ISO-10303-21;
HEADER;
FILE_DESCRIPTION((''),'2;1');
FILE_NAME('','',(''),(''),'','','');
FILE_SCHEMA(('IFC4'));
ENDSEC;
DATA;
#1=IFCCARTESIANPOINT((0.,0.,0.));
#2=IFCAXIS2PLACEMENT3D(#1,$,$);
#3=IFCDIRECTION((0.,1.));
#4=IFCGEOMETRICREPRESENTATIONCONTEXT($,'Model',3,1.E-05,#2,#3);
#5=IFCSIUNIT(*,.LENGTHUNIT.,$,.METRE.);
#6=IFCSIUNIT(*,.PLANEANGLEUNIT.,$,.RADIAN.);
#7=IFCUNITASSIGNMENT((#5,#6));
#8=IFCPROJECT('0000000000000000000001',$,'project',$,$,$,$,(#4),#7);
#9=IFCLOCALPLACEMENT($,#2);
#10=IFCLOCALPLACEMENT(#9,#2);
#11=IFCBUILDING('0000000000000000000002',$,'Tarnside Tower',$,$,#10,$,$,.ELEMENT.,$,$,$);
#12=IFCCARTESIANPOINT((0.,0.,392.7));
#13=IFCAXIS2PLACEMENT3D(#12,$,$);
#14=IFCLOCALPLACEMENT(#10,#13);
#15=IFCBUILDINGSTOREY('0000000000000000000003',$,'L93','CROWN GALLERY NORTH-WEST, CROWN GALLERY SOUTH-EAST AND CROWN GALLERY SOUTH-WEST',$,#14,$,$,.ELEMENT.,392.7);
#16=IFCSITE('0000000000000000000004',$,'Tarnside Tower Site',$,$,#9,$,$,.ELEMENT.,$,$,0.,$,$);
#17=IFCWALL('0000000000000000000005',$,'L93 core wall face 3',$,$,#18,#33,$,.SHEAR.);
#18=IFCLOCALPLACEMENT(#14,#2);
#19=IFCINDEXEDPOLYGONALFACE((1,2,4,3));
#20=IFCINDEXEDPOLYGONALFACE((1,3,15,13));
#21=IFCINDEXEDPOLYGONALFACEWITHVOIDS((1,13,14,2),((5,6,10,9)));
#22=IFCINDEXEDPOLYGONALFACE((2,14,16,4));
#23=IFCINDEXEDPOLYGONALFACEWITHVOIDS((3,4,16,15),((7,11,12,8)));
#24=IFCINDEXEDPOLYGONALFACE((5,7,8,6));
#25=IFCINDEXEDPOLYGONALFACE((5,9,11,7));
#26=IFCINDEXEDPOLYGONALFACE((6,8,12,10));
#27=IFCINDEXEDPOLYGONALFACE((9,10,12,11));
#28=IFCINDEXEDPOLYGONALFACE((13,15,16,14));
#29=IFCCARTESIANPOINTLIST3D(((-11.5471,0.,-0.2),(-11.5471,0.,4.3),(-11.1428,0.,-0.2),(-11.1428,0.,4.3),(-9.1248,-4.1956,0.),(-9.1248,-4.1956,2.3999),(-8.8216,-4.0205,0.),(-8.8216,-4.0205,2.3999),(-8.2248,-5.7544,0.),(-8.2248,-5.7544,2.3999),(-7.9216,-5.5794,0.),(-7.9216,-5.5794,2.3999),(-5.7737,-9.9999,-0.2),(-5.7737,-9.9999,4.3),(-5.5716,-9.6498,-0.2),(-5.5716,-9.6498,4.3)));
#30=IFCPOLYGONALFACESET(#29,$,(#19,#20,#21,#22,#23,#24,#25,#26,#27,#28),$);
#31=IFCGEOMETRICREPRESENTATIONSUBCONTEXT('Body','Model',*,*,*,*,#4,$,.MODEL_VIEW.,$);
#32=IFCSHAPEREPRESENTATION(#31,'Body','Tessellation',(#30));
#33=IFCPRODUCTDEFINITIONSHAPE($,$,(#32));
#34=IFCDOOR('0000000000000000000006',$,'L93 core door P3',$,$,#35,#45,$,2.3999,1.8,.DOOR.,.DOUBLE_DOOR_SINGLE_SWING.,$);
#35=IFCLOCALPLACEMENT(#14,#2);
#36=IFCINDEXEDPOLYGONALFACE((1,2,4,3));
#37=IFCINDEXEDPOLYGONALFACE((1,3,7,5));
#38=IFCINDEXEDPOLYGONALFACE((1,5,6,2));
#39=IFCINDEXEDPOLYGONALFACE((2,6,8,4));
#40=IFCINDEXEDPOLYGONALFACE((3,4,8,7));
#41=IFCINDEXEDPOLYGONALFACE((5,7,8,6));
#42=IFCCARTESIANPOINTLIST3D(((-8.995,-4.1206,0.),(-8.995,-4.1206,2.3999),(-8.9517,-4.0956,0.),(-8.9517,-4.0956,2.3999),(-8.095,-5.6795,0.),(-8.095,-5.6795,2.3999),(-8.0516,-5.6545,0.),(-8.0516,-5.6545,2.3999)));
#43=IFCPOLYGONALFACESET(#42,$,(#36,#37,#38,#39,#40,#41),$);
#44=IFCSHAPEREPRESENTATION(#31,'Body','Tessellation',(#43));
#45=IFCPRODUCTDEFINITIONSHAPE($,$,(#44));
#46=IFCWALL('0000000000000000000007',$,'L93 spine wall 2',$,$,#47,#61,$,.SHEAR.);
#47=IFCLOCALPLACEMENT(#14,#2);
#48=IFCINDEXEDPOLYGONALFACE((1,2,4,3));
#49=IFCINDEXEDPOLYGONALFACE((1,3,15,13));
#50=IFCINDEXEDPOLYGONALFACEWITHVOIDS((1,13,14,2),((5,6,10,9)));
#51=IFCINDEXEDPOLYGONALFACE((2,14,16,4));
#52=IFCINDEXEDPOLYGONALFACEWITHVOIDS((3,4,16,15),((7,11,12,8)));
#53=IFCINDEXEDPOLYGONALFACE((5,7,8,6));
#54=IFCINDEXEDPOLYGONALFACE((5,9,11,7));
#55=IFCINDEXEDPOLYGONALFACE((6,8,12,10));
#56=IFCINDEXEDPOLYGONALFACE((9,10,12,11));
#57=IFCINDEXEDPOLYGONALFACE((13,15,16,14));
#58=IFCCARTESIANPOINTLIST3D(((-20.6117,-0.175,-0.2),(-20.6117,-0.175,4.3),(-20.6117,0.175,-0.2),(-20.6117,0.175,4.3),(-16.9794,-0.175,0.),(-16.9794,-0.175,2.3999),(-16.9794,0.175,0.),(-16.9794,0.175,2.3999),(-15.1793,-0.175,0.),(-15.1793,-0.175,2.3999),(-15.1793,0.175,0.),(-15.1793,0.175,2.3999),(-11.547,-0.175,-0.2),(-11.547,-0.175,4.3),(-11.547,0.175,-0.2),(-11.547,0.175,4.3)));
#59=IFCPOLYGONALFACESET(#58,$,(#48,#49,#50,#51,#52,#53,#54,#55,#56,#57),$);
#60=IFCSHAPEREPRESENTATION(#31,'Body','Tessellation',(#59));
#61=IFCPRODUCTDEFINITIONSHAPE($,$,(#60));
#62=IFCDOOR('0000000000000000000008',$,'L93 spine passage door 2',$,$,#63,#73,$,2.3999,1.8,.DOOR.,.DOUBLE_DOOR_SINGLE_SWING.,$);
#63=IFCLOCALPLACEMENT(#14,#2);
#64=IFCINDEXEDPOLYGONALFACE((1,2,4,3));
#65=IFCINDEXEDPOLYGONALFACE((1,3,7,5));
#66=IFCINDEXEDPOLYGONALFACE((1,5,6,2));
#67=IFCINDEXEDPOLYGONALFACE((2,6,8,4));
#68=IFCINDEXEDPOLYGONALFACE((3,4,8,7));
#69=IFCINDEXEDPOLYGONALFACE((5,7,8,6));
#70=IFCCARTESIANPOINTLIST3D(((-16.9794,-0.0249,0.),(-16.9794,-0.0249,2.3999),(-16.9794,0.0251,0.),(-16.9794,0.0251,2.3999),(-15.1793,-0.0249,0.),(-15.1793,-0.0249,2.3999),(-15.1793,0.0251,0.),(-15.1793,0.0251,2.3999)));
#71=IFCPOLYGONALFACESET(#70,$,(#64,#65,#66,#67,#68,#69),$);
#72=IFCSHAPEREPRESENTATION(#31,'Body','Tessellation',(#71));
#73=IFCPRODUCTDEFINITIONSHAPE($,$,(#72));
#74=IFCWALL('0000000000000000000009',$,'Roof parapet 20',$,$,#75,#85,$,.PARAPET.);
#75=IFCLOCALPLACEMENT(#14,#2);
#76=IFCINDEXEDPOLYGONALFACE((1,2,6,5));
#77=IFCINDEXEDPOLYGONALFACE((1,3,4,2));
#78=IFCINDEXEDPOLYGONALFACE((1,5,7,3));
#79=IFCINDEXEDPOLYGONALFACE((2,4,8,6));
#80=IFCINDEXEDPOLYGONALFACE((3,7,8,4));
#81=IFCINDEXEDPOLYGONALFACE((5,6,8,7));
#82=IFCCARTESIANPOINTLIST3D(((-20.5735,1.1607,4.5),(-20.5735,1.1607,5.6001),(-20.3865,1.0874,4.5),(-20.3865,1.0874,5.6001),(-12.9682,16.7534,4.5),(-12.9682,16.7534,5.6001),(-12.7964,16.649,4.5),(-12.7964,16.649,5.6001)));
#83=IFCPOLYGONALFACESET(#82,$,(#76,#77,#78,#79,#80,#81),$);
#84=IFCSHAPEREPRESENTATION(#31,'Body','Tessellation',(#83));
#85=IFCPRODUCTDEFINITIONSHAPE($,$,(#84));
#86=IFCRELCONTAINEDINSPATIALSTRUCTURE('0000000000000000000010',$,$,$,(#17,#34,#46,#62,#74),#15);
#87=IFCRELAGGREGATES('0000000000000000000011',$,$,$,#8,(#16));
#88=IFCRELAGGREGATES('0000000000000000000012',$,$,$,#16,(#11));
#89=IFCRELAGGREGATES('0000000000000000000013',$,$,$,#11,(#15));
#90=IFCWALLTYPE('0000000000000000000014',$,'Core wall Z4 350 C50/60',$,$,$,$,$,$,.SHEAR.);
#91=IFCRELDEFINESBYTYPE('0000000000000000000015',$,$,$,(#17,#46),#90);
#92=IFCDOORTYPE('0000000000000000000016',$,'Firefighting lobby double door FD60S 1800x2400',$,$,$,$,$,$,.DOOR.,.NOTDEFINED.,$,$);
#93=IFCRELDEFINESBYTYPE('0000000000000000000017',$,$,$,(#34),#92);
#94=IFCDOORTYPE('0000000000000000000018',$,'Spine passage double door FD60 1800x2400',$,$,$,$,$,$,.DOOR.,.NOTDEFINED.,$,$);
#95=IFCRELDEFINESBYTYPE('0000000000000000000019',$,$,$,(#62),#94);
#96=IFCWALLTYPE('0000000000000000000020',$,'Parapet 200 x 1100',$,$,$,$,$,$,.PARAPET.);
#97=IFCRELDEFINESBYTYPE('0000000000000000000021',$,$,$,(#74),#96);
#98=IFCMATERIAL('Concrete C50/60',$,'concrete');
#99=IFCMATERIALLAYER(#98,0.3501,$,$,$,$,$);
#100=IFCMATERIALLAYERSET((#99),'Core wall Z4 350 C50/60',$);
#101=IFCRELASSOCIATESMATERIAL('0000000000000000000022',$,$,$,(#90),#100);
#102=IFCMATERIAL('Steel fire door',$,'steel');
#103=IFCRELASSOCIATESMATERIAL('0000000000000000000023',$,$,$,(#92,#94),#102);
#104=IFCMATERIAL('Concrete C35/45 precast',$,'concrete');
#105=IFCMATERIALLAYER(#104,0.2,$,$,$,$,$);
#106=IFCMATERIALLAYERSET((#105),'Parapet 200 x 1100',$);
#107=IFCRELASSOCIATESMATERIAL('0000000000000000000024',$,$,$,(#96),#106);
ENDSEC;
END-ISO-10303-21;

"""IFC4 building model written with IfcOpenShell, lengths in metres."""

from ifc_helpers import new_model, si_unit, direction, frame, frame_2d, origin, place, context, subcontext, project, spatial, polyline, rectangle, outline, extrude, material, layer, layer_set, type_object, element, fill, save


model = new_model("IFC4")

# Units and contexts
model_context = context("Model", 3, precision=1e-05, world=origin(), true_north=direction((0.0, 1.0)))
body_context = subcontext(model_context, "Body", "Model", "MODEL_VIEW")
ifc_project = project(units=[si_unit("LENGTHUNIT", "METRE"), si_unit("PLANEANGLEUNIT", "RADIAN")], contexts=[model_context])

# Site, building, storey
site_placement = place(None, origin())
site = spatial("IfcSite", under=ifc_project, at=site_placement, Name="Tarnside Tower Site", CompositionType="ELEMENT", RefElevation=0.0)
building_placement = place(site_placement, origin())
building = spatial("IfcBuilding", under=site, at=building_placement, Name="Tarnside Tower", CompositionType="ELEMENT")
storey_placement = place(building_placement, frame((0.0, 0.0, 392.7)))
storey = spatial("IfcBuildingStorey", under=building, at=storey_placement, Name="L93", Description="CROWN GALLERY NORTH-WEST, CROWN GALLERY SOUTH-EAST AND CROWN GALLERY SOUTH-WEST", CompositionType="ELEMENT", Elevation=392.7)

# Walls, openings, doors
ifc_material_1 = material(Name="Concrete C50/60", Category="concrete")
ifc_layer_1 = layer(ifc_material_1, 0.3501)
ifc_layer_set_1 = layer_set([ifc_layer_1], Name="Core wall Z4 350 C50/60")
wall_type_1 = type_object("IfcWallType", Name="Core wall Z4 350 C50/60", PredefinedType="SHEAR", material=ifc_layer_set_1)
wall_1_placement = place(storey_placement, frame((-11.345, 0.0, -0.2), z_axis=(0.0, 0.0, 1.0), x_axis=(0.499995, -0.866028, 0.0)))
wall_1 = element("IfcWall", 1, at=wall_1_placement, inside=storey, type_object=wall_type_1, Name="L93 core wall face 3", PredefinedType="SHEAR", context=body_context, shape_type="SweptSolid", body=[
    extrude(outline(polyline([(-0.1011, -0.175), (11.4458, -0.175), (11.2437, 0.175), (0.1011, 0.175), (-0.1011, -0.175)])), origin(), (0.0, 0.0, 1.0), 4.5),
])
opening_1_placement = place(wall_1_placement, frame((4.7437, 0.0, 0.2)))
opening_1 = element("IfcOpeningElement", 2, at=opening_1_placement, cuts=wall_1, PredefinedType="OPENING", context=body_context, shape_type="SweptSolid", body=[
    extrude(rectangle(XDim=1.8, YDim=2.3999, at=frame_2d((0.8999, 1.2))), frame((0.0, 0.1851, 0.0), z_axis=(0.0, -1.0, 0.0), x_axis=(1.0, 0.0, 0.0)), (0.0, 0.0, 1.0), 0.3701),
])
ifc_material_2 = material(Name="Steel fire door", Category="steel")
door_type_1 = type_object("IfcDoorType", Name="Firefighting lobby double door FD60S 1800x2400", OperationType="NOTDEFINED", PredefinedType="DOOR", material=ifc_material_2)
door_1_placement = place(opening_1_placement, origin())
door_1 = element("IfcDoor", 3, at=door_1_placement, inside=storey, type_object=door_type_1, Name="L93 core door P3", OperationType="DOUBLE_DOOR_SINGLE_SWING", OverallHeight=2.3999, OverallWidth=1.8, PredefinedType="DOOR", context=body_context, shape_type="SweptSolid", body=[
    extrude(rectangle(XDim=1.8, YDim=2.3999, at=frame_2d((0.8999, 1.2))), frame((0.0, 0.0249, 0.0), z_axis=(0.0, -1.0, 0.0), x_axis=(1.0, 0.0, 0.0)), (0.0, 0.0, 1.0), 0.05),
])
fill(opening_1, door_1)
wall_2_placement = place(storey_placement, frame((-11.5471, 0.0, -0.2), z_axis=(0.0, 0.0, 1.0), x_axis=(-1.0, 0.0, 0.0)))
wall_2 = element("IfcWall", 4, at=wall_2_placement, inside=storey, type_object=wall_type_1, Name="L93 spine wall 2", PredefinedType="SHEAR", context=body_context, shape_type="SweptSolid", body=[
    extrude(rectangle(XDim=9.0647, YDim=0.3501, at=frame_2d((4.5322, 0.0))), origin(), (0.0, 0.0, 1.0), 4.5),
])
opening_2_placement = place(wall_2_placement, frame((3.6323, 0.0, 0.2)))
opening_2 = element("IfcOpeningElement", 5, at=opening_2_placement, cuts=wall_2, PredefinedType="OPENING", context=body_context, shape_type="SweptSolid", body=[
    extrude(rectangle(XDim=1.8, YDim=2.3999, at=frame_2d((0.8999, 1.2))), frame((0.0, 0.1851, 0.0), z_axis=(0.0, -1.0, 0.0), x_axis=(1.0, 0.0, 0.0)), (0.0, 0.0, 1.0), 0.3701),
])
door_type_2 = type_object("IfcDoorType", Name="Spine passage double door FD60 1800x2400", OperationType="NOTDEFINED", PredefinedType="DOOR", material=ifc_material_2)
door_2_placement = place(opening_2_placement, origin())
door_2 = element("IfcDoor", 6, at=door_2_placement, inside=storey, type_object=door_type_2, Name="L93 spine passage door 2", OperationType="DOUBLE_DOOR_SINGLE_SWING", OverallHeight=2.3999, OverallWidth=1.8, PredefinedType="DOOR", context=body_context, shape_type="SweptSolid", body=[
    extrude(rectangle(XDim=1.8, YDim=2.3999, at=frame_2d((0.8999, 1.2))), frame((0.0, 0.0249, 0.0), z_axis=(0.0, -1.0, 0.0), x_axis=(1.0, 0.0, 0.0)), (0.0, 0.0, 1.0), 0.05),
])
fill(opening_2, door_2)

# Wall
ifc_material_3 = material(Name="Concrete C35/45 precast", Category="concrete")
ifc_layer_2 = layer(ifc_material_3, 0.2)
ifc_layer_set_2 = layer_set([ifc_layer_2], Name="Parapet 200 x 1100")
wall_type_2 = type_object("IfcWallType", Name="Parapet 200 x 1100", PredefinedType="PARAPET", material=ifc_layer_set_2)
wall_3_placement = place(storey_placement, frame((-20.48, 1.124, 4.5), z_axis=(0.0, 0.0, 1.0), x_axis=(0.438379, 0.89879, 0.0)))
element("IfcWall", 7, at=wall_3_placement, inside=storey, type_object=wall_type_2, Name="Roof parapet 20", PredefinedType="PARAPET", context=body_context, shape_type="SweptSolid", body=[
    extrude(outline(polyline([(0.0081, -0.1001), (17.322, -0.1001), (17.3406, 0.1001), (-0.0081, 0.1001), (0.0081, -0.1001)])), origin(), (0.0, 0.0, 1.0), 1.1001),
])

save(model, "model.ifc")
